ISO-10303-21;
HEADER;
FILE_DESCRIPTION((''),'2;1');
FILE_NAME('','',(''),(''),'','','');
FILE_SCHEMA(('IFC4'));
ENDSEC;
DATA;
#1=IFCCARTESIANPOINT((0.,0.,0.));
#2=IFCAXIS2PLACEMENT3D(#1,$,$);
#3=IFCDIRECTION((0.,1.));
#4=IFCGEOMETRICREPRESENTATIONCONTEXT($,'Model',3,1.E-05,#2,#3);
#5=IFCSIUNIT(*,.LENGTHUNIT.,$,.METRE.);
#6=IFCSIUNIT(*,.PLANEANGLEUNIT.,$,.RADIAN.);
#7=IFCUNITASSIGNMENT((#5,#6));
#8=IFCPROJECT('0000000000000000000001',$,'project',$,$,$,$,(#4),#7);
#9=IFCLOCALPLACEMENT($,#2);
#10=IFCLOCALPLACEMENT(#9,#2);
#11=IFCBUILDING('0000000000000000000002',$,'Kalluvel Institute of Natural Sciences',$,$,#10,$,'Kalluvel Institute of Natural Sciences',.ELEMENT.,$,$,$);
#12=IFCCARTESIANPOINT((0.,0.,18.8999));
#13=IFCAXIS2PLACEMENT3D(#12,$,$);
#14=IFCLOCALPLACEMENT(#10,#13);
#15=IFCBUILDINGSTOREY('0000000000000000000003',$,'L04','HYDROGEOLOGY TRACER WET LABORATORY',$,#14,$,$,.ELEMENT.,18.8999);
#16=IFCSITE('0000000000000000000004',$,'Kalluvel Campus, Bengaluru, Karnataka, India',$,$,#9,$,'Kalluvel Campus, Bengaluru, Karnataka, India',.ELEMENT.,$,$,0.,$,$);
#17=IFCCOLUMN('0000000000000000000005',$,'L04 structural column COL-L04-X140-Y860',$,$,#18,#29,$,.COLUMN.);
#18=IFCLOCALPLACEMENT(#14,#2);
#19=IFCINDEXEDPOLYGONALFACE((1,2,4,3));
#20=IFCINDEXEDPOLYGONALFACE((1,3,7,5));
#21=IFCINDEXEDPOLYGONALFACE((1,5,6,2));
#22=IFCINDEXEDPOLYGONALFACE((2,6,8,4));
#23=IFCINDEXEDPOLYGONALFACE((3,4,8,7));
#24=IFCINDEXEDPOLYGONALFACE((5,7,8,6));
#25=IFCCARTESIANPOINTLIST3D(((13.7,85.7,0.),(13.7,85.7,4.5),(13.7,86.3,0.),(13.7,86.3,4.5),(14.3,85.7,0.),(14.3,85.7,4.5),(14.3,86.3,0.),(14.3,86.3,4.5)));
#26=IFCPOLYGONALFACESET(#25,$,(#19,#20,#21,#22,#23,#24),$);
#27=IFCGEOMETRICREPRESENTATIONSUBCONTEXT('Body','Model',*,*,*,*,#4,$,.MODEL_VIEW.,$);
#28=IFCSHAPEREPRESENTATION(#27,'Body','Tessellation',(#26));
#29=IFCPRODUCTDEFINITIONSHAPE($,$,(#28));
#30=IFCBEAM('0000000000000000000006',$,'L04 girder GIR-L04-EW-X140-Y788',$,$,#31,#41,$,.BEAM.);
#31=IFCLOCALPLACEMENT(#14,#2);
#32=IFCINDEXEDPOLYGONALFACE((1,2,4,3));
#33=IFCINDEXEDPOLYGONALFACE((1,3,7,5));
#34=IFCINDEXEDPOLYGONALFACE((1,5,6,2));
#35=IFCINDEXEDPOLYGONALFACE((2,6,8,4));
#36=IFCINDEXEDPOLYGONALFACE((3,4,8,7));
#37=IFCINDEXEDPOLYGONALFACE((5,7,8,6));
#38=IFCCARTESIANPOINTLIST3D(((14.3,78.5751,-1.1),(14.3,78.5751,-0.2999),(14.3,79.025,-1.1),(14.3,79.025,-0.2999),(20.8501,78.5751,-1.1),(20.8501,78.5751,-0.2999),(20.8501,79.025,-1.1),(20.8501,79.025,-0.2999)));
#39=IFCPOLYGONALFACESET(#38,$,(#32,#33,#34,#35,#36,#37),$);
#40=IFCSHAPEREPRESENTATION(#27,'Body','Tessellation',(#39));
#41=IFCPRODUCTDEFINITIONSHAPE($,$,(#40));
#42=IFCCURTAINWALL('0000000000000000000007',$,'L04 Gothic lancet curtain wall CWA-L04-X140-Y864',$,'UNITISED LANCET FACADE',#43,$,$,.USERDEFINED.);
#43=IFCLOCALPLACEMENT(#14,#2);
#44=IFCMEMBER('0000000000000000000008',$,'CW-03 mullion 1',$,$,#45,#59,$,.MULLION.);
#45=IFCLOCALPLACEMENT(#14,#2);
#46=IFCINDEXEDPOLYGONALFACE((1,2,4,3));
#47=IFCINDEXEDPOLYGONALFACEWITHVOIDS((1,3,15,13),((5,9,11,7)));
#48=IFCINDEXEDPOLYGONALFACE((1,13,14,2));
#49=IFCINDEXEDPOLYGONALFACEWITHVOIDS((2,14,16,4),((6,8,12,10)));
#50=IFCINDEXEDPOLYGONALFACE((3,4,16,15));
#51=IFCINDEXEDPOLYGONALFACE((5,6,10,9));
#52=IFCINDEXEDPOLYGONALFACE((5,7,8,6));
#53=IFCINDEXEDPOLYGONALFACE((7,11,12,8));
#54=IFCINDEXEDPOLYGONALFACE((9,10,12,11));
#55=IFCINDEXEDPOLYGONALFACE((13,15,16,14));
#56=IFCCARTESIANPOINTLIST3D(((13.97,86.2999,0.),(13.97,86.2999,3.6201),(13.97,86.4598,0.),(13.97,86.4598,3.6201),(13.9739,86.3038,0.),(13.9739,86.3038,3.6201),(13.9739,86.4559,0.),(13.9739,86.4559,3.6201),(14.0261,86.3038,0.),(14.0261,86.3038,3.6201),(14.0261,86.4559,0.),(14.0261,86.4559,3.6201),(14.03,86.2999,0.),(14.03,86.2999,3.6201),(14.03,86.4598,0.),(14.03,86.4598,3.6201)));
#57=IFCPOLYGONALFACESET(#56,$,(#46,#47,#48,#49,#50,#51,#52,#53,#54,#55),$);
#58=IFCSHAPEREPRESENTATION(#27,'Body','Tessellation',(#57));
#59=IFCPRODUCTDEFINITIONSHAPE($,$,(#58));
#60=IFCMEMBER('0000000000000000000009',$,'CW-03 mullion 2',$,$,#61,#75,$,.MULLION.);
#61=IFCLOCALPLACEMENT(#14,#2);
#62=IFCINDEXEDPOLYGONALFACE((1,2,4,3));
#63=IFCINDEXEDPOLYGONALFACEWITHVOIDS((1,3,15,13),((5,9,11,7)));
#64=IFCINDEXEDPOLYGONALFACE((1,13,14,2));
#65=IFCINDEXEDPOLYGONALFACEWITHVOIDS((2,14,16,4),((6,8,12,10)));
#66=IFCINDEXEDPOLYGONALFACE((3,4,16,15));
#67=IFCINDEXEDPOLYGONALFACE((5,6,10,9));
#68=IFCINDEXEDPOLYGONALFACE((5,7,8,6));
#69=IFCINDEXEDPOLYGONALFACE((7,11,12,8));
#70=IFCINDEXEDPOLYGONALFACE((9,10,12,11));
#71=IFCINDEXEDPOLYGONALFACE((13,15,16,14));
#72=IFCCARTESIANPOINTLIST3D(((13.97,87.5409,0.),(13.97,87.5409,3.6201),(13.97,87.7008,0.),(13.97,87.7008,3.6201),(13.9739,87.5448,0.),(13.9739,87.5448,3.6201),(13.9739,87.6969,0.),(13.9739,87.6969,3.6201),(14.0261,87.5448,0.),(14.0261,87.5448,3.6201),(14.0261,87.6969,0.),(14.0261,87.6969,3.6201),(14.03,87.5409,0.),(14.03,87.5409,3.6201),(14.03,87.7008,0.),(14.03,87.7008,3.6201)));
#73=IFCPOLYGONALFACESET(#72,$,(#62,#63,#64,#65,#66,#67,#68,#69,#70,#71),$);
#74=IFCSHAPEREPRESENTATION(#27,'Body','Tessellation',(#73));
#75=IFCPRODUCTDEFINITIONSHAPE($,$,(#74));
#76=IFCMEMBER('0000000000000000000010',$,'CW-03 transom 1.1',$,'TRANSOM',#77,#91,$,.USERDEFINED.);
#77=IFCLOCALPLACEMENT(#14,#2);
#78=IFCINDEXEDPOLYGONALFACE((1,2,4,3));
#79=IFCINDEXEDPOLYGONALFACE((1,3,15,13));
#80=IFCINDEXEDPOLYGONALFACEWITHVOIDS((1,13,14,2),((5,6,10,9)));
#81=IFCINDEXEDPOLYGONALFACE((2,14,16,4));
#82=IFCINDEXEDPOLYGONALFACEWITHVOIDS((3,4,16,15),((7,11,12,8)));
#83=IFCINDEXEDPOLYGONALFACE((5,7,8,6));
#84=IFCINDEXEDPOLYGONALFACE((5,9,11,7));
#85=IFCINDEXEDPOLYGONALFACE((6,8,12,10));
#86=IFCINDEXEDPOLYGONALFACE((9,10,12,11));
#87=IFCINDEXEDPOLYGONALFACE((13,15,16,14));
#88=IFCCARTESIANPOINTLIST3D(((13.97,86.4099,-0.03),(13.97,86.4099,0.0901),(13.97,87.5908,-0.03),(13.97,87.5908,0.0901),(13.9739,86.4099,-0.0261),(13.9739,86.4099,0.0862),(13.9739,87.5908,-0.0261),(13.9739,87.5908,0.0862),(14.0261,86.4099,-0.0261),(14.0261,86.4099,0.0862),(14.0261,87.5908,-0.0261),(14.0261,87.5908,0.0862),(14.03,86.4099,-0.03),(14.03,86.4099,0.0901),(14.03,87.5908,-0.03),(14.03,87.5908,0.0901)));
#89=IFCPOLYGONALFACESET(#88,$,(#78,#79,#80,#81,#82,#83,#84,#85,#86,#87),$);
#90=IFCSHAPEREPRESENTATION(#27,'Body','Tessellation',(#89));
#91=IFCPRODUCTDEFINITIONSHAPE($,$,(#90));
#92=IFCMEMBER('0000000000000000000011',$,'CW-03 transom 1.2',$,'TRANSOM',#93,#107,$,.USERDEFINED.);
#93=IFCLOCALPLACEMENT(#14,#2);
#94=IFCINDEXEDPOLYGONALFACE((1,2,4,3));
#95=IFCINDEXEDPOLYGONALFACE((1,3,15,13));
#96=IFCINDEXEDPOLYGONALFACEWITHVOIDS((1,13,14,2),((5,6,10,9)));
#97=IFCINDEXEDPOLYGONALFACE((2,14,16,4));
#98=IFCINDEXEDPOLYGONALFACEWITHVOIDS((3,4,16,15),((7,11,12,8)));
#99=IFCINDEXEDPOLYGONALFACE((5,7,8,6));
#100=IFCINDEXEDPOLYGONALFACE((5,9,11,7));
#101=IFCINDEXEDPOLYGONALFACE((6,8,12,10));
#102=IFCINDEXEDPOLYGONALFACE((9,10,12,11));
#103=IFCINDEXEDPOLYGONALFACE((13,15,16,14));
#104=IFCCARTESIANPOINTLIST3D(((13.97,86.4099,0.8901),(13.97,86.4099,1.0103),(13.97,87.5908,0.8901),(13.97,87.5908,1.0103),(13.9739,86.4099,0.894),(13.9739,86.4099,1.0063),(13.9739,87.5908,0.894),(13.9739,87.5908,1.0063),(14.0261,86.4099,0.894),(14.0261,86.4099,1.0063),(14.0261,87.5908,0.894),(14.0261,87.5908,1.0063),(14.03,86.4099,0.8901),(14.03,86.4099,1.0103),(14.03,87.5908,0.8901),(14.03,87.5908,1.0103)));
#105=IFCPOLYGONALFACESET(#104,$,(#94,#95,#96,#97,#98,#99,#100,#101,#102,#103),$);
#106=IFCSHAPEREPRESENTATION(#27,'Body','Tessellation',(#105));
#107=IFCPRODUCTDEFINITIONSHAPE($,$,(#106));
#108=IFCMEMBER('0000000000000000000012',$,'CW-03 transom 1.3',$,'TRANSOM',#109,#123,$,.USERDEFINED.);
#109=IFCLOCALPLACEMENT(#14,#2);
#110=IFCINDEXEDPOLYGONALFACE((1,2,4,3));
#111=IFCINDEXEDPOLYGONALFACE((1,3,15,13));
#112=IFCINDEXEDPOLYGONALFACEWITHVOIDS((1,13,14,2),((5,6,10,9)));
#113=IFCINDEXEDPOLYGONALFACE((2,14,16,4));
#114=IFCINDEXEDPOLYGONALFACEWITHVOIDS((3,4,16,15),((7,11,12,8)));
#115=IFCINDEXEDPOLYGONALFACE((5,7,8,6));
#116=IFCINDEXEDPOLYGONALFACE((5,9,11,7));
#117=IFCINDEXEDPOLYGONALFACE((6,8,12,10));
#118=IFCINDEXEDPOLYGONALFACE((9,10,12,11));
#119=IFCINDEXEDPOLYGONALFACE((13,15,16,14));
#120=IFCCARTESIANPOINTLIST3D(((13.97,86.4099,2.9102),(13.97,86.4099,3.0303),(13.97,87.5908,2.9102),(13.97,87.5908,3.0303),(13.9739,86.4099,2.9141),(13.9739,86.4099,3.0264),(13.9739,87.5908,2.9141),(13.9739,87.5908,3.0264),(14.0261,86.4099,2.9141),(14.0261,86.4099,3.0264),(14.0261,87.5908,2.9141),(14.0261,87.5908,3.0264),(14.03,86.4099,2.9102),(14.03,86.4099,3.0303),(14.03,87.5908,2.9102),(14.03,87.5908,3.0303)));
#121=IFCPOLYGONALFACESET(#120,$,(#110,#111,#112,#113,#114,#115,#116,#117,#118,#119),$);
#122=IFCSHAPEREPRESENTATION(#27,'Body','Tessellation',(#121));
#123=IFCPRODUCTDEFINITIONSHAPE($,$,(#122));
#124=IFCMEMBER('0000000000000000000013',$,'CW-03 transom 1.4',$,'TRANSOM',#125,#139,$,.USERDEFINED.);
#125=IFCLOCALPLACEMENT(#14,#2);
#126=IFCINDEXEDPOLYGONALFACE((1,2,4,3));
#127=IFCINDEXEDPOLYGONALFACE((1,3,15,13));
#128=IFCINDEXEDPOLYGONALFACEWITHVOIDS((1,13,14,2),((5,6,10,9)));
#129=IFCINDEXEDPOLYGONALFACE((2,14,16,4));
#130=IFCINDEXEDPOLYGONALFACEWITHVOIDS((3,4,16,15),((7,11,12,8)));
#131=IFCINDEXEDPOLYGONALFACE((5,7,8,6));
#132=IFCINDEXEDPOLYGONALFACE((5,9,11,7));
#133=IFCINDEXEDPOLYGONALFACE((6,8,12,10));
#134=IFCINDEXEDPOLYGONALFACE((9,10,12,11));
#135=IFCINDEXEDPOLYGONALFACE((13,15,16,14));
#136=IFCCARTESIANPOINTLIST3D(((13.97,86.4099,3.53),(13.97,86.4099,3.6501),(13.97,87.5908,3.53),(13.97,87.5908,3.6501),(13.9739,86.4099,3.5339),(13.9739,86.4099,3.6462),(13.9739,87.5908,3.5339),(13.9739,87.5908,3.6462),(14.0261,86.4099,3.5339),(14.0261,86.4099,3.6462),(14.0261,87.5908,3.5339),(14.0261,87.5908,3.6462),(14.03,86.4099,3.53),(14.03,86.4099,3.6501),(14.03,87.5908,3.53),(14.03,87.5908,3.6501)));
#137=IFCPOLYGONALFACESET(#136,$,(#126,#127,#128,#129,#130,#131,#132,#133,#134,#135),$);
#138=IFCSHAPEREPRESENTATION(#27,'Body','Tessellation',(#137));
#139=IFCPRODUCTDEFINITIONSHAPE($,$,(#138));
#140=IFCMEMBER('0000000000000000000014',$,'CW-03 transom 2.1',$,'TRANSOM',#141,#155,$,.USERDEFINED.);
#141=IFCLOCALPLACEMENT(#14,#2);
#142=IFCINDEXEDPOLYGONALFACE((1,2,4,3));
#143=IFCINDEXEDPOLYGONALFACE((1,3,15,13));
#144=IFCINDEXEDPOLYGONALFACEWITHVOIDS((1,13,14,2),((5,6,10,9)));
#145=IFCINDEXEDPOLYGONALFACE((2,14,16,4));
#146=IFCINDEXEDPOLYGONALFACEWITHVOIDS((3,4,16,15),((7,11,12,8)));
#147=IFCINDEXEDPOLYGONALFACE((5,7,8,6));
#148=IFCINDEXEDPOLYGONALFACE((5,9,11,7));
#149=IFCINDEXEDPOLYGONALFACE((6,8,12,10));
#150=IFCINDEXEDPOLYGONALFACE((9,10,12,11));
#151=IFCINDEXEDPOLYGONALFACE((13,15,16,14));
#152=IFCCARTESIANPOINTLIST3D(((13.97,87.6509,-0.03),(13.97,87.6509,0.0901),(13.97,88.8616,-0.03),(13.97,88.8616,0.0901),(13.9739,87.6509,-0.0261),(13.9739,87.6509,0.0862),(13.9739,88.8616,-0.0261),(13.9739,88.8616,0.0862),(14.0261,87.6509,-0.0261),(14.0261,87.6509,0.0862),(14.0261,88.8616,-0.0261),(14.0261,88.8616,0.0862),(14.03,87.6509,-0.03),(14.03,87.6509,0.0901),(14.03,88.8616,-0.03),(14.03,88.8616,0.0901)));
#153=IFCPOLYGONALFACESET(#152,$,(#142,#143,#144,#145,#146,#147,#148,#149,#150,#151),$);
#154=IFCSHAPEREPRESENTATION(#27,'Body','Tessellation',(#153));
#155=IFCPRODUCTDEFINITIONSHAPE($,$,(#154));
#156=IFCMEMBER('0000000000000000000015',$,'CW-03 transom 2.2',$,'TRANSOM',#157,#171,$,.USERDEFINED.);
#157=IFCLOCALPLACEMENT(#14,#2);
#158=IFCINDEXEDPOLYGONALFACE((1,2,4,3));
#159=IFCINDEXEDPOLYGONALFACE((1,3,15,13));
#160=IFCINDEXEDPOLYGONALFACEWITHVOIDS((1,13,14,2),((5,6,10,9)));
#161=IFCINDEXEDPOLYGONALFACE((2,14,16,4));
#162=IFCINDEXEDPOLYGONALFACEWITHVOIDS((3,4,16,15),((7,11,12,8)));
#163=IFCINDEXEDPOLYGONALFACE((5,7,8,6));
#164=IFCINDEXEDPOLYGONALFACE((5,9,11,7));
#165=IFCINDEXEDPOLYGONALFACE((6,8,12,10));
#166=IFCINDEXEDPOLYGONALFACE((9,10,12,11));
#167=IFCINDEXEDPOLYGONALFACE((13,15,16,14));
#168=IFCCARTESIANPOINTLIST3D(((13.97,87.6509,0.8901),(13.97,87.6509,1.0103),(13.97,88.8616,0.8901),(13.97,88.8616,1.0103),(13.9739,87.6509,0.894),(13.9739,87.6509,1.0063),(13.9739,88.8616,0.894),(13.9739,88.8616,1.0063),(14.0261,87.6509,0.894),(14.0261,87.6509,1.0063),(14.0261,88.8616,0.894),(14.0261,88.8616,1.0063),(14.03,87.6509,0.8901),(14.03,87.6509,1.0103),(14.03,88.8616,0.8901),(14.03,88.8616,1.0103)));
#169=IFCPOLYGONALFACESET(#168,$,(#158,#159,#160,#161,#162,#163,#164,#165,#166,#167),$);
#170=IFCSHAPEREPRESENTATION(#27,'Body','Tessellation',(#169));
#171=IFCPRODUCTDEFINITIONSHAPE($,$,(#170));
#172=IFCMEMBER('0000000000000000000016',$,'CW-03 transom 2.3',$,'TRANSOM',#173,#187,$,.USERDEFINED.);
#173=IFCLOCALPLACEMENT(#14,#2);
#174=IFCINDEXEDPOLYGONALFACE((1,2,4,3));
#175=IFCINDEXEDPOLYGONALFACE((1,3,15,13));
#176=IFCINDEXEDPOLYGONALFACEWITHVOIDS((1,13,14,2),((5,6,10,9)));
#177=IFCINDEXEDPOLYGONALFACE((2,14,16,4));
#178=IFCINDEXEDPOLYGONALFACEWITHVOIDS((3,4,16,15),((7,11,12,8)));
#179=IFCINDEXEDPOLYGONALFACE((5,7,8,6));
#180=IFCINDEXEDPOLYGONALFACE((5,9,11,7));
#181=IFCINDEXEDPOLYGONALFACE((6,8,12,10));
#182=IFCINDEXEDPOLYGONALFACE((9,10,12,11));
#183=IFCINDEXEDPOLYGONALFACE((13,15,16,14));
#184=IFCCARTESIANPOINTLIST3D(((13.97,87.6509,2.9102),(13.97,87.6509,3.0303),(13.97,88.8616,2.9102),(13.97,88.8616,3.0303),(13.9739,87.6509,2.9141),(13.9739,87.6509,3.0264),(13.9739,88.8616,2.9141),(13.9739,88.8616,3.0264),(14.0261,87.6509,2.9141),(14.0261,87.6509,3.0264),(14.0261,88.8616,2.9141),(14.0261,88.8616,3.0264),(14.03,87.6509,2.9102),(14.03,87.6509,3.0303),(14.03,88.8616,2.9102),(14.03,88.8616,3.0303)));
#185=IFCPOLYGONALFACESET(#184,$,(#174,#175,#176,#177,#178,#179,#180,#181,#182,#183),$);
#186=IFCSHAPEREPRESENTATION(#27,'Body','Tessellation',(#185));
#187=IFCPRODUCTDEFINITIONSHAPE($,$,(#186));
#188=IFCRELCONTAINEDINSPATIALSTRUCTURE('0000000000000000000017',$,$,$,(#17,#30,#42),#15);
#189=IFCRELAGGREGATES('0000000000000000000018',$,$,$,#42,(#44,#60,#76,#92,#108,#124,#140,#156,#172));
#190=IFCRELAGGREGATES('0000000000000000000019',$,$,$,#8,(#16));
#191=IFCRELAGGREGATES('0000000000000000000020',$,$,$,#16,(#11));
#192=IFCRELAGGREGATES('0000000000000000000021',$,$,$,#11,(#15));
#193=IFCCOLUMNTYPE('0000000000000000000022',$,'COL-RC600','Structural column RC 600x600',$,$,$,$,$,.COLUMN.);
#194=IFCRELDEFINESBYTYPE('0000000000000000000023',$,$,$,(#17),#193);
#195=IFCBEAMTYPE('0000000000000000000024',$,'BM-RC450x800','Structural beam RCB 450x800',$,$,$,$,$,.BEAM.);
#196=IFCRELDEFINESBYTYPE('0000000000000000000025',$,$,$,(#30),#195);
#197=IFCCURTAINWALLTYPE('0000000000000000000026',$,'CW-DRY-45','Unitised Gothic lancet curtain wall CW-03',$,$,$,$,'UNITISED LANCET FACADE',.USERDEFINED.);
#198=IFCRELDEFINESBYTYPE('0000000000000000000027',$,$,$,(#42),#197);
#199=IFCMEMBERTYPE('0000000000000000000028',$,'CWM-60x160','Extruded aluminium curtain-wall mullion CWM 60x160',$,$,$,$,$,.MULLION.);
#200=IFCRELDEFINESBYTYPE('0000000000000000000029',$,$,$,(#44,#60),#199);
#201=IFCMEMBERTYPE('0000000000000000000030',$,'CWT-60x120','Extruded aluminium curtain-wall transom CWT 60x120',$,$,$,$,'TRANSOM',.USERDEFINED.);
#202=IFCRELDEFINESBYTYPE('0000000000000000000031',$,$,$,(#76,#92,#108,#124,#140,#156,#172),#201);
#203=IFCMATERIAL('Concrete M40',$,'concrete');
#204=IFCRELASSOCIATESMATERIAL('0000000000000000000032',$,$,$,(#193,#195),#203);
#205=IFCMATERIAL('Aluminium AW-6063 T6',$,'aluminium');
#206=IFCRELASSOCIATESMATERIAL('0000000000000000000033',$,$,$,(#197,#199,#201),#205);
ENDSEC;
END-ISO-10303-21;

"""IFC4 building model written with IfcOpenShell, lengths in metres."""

from ifc_helpers import new_model, si_unit, direction, frame, origin, origin_2d, place, context, subcontext, project, spatial, rectangle, hollow_rectangle, extrude, material, material_profile, profile_set, type_object, element, aggregate, save


model = new_model("IFC4")

# Units and contexts
model_context = context("Model", 3, precision=1e-05, world=origin(), true_north=direction((0.0, 1.0)))
body_context = subcontext(model_context, "Body", "Model", "MODEL_VIEW")
ifc_project = project(units=[si_unit("LENGTHUNIT", "METRE"), si_unit("PLANEANGLEUNIT", "RADIAN")], contexts=[model_context])

# Site, building, storey
site_placement = place(None, origin())
site = spatial("IfcSite", under=ifc_project, at=site_placement, Name="Kalluvel Campus, Bengaluru, Karnataka, India", LongName="Kalluvel Campus, Bengaluru, Karnataka, India", CompositionType="ELEMENT", RefElevation=0.0)
building_placement = place(site_placement, origin())
building = spatial("IfcBuilding", under=site, at=building_placement, Name="Kalluvel Institute of Natural Sciences", LongName="Kalluvel Institute of Natural Sciences", CompositionType="ELEMENT")
storey_placement = place(building_placement, frame((0.0, 0.0, 18.8999)))
storey = spatial("IfcBuildingStorey", under=building, at=storey_placement, Name="L04", Description="HYDROGEOLOGY TRACER WET LABORATORY", CompositionType="ELEMENT", Elevation=18.8999)

# Column
ifc_material_1 = material(Name="Concrete M40", Category="concrete")
ifc_material_profile_1 = material_profile(ifc_material_1, rectangle(XDim=0.6001, YDim=0.6001, at=origin_2d()), Name="RC 600x600")
ifc_profile_set_1 = profile_set([ifc_material_profile_1], Name="Concrete M40")
column_type = type_object("IfcColumnType", Name="COL-RC600", Description="Structural column RC 600x600", PredefinedType="COLUMN", material=ifc_profile_set_1)
column_placement = place(storey_placement, frame((14.0, 86.0, 0.0), z_axis=(0.0, 0.0, 1.0), x_axis=(1.0, 0.0, 0.0)))
element("IfcColumn", 1, at=column_placement, inside=storey, type_object=column_type, Name="L04 structural column COL-L04-X140-Y860", PredefinedType="COLUMN", context=body_context, shape_type="SweptSolid", body=[
    extrude(rectangle(XDim=0.6001, YDim=0.6001, at=origin_2d()), origin(), (0.0, 0.0, 1.0), 4.5),
])

# Beam
ifc_material_profile_2 = material_profile(ifc_material_1, rectangle(XDim=0.45, YDim=0.8, at=origin_2d()), Name="RCB 450x800")
ifc_profile_set_2 = profile_set([ifc_material_profile_2], Name="Concrete M40")
beam_type_1 = type_object("IfcBeamType", Name="BM-RC450x800", Description="Structural beam RCB 450x800", PredefinedType="BEAM", material=ifc_profile_set_2)
beam_1_placement = place(storey_placement, frame((14.3, 78.8, -0.7), z_axis=(1.0, 0.0, 0.0), x_axis=(0.0, 1.0, 0.0)))
element("IfcBeam", 2, at=beam_1_placement, inside=storey, type_object=beam_type_1, Name="L04 girder GIR-L04-EW-X140-Y788", PredefinedType="BEAM", context=body_context, shape_type="SweptSolid", body=[
    extrude(rectangle(XDim=0.45, YDim=0.8, at=origin_2d()), origin(), (0.0, 0.0, 1.0), 6.55),
])

# Curtain wall, members
ifc_material_2 = material(Name="Aluminium AW-6063 T6", Category="aluminium")
curtain_wall_type = type_object("IfcCurtainWallType", Name="CW-DRY-45", Description="Unitised Gothic lancet curtain wall CW-03", ElementType="UNITISED LANCET FACADE", PredefinedType="USERDEFINED", material=ifc_material_2)
curtain_wall_placement = place(storey_placement, origin())
curtain_wall = element("IfcCurtainWall", 3, at=curtain_wall_placement, inside=storey, type_object=curtain_wall_type, Name="L04 Gothic lancet curtain wall CWA-L04-X140-Y864", ObjectType="UNITISED LANCET FACADE", PredefinedType="USERDEFINED")
ifc_material_profile_3 = material_profile(ifc_material_2, hollow_rectangle(XDim=0.0601, YDim=0.1599, WallThickness=0.0039, at=origin_2d()), Name="CWM 60x160")
ifc_profile_set_3 = profile_set([ifc_material_profile_3], Name="Aluminium AW-6063 T6")
member_type_1 = type_object("IfcMemberType", Name="CWM-60x160", Description="Extruded aluminium curtain-wall mullion CWM 60x160", PredefinedType="MULLION", material=ifc_profile_set_3)
member_1_placement = place(storey_placement, frame((14.0, 86.3799, 0.0), z_axis=(0.0, 0.0, 1.0), x_axis=(-1.0, 0.0, 0.0)))
member_1 = element("IfcMember", 4, at=member_1_placement, type_object=member_type_1, Name="CW-03 mullion 1", PredefinedType="MULLION", context=body_context, shape_type="SweptSolid", body=[
    extrude(hollow_rectangle(XDim=0.0601, YDim=0.1599, WallThickness=0.0039, at=origin_2d()), origin(), (0.0, 0.0, 1.0), 3.6201),
])
member_2_placement = place(storey_placement, frame((14.0, 87.6208, 0.0), z_axis=(0.0, 0.0, 1.0), x_axis=(-1.0, 0.0, 0.0)))
member_2 = element("IfcMember", 5, at=member_2_placement, type_object=member_type_1, Name="CW-03 mullion 2", PredefinedType="MULLION", context=body_context, shape_type="SweptSolid", body=[
    extrude(hollow_rectangle(XDim=0.0601, YDim=0.1599, WallThickness=0.0039, at=origin_2d()), origin(), (0.0, 0.0, 1.0), 3.6201),
])
ifc_material_profile_4 = material_profile(ifc_material_2, hollow_rectangle(XDim=0.0601, YDim=0.1201, WallThickness=0.0039, at=origin_2d()), Name="CWT 60x120")
ifc_profile_set_4 = profile_set([ifc_material_profile_4], Name="Aluminium AW-6063 T6")
member_type_2 = type_object("IfcMemberType", Name="CWT-60x120", Description="Extruded aluminium curtain-wall transom CWT 60x120", ElementType="TRANSOM", PredefinedType="USERDEFINED", material=ifc_profile_set_4)
member_3_placement = place(storey_placement, frame((14.0, 86.4099, 0.03), z_axis=(0.0, 1.0, 0.0), x_axis=(-1.0, 0.0, 0.0)))
member_3 = element("IfcMember", 6, at=member_3_placement, type_object=member_type_2, Name="CW-03 transom 1.1", ObjectType="TRANSOM", PredefinedType="USERDEFINED", context=body_context, shape_type="SweptSolid", body=[
    extrude(hollow_rectangle(XDim=0.0601, YDim=0.1201, WallThickness=0.0039, at=origin_2d()), origin(), (0.0, 0.0, 1.0), 1.1809),
])
member_4_placement = place(storey_placement, frame((14.0, 86.4099, 0.9502), z_axis=(0.0, 1.0, 0.0), x_axis=(-1.0, 0.0, 0.0)))
member_4 = element("IfcMember", 7, at=member_4_placement, type_object=member_type_2, Name="CW-03 transom 1.2", ObjectType="TRANSOM", PredefinedType="USERDEFINED", context=body_context, shape_type="SweptSolid", body=[
    extrude(hollow_rectangle(XDim=0.0601, YDim=0.1201, WallThickness=0.0039, at=origin_2d()), origin(), (0.0, 0.0, 1.0), 1.1809),
])
member_5_placement = place(storey_placement, frame((14.0, 86.4099, 2.9702), z_axis=(0.0, 1.0, 0.0), x_axis=(-1.0, 0.0, 0.0)))
member_5 = element("IfcMember", 8, at=member_5_placement, type_object=member_type_2, Name="CW-03 transom 1.3", ObjectType="TRANSOM", PredefinedType="USERDEFINED", context=body_context, shape_type="SweptSolid", body=[
    extrude(hollow_rectangle(XDim=0.0601, YDim=0.1201, WallThickness=0.0039, at=origin_2d()), origin(), (0.0, 0.0, 1.0), 1.1809),
])
member_6_placement = place(storey_placement, frame((14.0, 86.4099, 3.5901), z_axis=(0.0, 1.0, 0.0), x_axis=(-1.0, 0.0, 0.0)))
member_6 = element("IfcMember", 9, at=member_6_placement, type_object=member_type_2, Name="CW-03 transom 1.4", ObjectType="TRANSOM", PredefinedType="USERDEFINED", context=body_context, shape_type="SweptSolid", body=[
    extrude(hollow_rectangle(XDim=0.0601, YDim=0.1201, WallThickness=0.0039, at=origin_2d()), origin(), (0.0, 0.0, 1.0), 1.1809),
])
member_7_placement = place(storey_placement, frame((14.0, 87.6509, 0.03), z_axis=(0.0, 1.0, 0.0), x_axis=(-1.0, 0.0, 0.0)))
member_7 = element("IfcMember", 10, at=member_7_placement, type_object=member_type_2, Name="CW-03 transom 2.1", ObjectType="TRANSOM", PredefinedType="USERDEFINED", context=body_context, shape_type="SweptSolid", body=[
    extrude(hollow_rectangle(XDim=0.0601, YDim=0.1201, WallThickness=0.0039, at=origin_2d()), origin(), (0.0, 0.0, 1.0), 1.2107),
])
member_8_placement = place(storey_placement, frame((14.0, 87.6509, 0.9502), z_axis=(0.0, 1.0, 0.0), x_axis=(-1.0, 0.0, 0.0)))
member_8 = element("IfcMember", 11, at=member_8_placement, type_object=member_type_2, Name="CW-03 transom 2.2", ObjectType="TRANSOM", PredefinedType="USERDEFINED", context=body_context, shape_type="SweptSolid", body=[
    extrude(hollow_rectangle(XDim=0.0601, YDim=0.1201, WallThickness=0.0039, at=origin_2d()), origin(), (0.0, 0.0, 1.0), 1.2107),
])
member_9_placement = place(storey_placement, frame((14.0, 87.6509, 2.9702), z_axis=(0.0, 1.0, 0.0), x_axis=(-1.0, 0.0, 0.0)))
member_9 = element("IfcMember", 12, at=member_9_placement, type_object=member_type_2, Name="CW-03 transom 2.3", ObjectType="TRANSOM", PredefinedType="USERDEFINED", context=body_context, shape_type="SweptSolid", body=[
    extrude(hollow_rectangle(XDim=0.0601, YDim=0.1201, WallThickness=0.0039, at=origin_2d()), origin(), (0.0, 0.0, 1.0), 1.2107),
])

aggregate(curtain_wall, [member_1, member_2, member_3, member_4, member_5, member_6, member_7, member_8, member_9])

save(model, "model.ifc")
